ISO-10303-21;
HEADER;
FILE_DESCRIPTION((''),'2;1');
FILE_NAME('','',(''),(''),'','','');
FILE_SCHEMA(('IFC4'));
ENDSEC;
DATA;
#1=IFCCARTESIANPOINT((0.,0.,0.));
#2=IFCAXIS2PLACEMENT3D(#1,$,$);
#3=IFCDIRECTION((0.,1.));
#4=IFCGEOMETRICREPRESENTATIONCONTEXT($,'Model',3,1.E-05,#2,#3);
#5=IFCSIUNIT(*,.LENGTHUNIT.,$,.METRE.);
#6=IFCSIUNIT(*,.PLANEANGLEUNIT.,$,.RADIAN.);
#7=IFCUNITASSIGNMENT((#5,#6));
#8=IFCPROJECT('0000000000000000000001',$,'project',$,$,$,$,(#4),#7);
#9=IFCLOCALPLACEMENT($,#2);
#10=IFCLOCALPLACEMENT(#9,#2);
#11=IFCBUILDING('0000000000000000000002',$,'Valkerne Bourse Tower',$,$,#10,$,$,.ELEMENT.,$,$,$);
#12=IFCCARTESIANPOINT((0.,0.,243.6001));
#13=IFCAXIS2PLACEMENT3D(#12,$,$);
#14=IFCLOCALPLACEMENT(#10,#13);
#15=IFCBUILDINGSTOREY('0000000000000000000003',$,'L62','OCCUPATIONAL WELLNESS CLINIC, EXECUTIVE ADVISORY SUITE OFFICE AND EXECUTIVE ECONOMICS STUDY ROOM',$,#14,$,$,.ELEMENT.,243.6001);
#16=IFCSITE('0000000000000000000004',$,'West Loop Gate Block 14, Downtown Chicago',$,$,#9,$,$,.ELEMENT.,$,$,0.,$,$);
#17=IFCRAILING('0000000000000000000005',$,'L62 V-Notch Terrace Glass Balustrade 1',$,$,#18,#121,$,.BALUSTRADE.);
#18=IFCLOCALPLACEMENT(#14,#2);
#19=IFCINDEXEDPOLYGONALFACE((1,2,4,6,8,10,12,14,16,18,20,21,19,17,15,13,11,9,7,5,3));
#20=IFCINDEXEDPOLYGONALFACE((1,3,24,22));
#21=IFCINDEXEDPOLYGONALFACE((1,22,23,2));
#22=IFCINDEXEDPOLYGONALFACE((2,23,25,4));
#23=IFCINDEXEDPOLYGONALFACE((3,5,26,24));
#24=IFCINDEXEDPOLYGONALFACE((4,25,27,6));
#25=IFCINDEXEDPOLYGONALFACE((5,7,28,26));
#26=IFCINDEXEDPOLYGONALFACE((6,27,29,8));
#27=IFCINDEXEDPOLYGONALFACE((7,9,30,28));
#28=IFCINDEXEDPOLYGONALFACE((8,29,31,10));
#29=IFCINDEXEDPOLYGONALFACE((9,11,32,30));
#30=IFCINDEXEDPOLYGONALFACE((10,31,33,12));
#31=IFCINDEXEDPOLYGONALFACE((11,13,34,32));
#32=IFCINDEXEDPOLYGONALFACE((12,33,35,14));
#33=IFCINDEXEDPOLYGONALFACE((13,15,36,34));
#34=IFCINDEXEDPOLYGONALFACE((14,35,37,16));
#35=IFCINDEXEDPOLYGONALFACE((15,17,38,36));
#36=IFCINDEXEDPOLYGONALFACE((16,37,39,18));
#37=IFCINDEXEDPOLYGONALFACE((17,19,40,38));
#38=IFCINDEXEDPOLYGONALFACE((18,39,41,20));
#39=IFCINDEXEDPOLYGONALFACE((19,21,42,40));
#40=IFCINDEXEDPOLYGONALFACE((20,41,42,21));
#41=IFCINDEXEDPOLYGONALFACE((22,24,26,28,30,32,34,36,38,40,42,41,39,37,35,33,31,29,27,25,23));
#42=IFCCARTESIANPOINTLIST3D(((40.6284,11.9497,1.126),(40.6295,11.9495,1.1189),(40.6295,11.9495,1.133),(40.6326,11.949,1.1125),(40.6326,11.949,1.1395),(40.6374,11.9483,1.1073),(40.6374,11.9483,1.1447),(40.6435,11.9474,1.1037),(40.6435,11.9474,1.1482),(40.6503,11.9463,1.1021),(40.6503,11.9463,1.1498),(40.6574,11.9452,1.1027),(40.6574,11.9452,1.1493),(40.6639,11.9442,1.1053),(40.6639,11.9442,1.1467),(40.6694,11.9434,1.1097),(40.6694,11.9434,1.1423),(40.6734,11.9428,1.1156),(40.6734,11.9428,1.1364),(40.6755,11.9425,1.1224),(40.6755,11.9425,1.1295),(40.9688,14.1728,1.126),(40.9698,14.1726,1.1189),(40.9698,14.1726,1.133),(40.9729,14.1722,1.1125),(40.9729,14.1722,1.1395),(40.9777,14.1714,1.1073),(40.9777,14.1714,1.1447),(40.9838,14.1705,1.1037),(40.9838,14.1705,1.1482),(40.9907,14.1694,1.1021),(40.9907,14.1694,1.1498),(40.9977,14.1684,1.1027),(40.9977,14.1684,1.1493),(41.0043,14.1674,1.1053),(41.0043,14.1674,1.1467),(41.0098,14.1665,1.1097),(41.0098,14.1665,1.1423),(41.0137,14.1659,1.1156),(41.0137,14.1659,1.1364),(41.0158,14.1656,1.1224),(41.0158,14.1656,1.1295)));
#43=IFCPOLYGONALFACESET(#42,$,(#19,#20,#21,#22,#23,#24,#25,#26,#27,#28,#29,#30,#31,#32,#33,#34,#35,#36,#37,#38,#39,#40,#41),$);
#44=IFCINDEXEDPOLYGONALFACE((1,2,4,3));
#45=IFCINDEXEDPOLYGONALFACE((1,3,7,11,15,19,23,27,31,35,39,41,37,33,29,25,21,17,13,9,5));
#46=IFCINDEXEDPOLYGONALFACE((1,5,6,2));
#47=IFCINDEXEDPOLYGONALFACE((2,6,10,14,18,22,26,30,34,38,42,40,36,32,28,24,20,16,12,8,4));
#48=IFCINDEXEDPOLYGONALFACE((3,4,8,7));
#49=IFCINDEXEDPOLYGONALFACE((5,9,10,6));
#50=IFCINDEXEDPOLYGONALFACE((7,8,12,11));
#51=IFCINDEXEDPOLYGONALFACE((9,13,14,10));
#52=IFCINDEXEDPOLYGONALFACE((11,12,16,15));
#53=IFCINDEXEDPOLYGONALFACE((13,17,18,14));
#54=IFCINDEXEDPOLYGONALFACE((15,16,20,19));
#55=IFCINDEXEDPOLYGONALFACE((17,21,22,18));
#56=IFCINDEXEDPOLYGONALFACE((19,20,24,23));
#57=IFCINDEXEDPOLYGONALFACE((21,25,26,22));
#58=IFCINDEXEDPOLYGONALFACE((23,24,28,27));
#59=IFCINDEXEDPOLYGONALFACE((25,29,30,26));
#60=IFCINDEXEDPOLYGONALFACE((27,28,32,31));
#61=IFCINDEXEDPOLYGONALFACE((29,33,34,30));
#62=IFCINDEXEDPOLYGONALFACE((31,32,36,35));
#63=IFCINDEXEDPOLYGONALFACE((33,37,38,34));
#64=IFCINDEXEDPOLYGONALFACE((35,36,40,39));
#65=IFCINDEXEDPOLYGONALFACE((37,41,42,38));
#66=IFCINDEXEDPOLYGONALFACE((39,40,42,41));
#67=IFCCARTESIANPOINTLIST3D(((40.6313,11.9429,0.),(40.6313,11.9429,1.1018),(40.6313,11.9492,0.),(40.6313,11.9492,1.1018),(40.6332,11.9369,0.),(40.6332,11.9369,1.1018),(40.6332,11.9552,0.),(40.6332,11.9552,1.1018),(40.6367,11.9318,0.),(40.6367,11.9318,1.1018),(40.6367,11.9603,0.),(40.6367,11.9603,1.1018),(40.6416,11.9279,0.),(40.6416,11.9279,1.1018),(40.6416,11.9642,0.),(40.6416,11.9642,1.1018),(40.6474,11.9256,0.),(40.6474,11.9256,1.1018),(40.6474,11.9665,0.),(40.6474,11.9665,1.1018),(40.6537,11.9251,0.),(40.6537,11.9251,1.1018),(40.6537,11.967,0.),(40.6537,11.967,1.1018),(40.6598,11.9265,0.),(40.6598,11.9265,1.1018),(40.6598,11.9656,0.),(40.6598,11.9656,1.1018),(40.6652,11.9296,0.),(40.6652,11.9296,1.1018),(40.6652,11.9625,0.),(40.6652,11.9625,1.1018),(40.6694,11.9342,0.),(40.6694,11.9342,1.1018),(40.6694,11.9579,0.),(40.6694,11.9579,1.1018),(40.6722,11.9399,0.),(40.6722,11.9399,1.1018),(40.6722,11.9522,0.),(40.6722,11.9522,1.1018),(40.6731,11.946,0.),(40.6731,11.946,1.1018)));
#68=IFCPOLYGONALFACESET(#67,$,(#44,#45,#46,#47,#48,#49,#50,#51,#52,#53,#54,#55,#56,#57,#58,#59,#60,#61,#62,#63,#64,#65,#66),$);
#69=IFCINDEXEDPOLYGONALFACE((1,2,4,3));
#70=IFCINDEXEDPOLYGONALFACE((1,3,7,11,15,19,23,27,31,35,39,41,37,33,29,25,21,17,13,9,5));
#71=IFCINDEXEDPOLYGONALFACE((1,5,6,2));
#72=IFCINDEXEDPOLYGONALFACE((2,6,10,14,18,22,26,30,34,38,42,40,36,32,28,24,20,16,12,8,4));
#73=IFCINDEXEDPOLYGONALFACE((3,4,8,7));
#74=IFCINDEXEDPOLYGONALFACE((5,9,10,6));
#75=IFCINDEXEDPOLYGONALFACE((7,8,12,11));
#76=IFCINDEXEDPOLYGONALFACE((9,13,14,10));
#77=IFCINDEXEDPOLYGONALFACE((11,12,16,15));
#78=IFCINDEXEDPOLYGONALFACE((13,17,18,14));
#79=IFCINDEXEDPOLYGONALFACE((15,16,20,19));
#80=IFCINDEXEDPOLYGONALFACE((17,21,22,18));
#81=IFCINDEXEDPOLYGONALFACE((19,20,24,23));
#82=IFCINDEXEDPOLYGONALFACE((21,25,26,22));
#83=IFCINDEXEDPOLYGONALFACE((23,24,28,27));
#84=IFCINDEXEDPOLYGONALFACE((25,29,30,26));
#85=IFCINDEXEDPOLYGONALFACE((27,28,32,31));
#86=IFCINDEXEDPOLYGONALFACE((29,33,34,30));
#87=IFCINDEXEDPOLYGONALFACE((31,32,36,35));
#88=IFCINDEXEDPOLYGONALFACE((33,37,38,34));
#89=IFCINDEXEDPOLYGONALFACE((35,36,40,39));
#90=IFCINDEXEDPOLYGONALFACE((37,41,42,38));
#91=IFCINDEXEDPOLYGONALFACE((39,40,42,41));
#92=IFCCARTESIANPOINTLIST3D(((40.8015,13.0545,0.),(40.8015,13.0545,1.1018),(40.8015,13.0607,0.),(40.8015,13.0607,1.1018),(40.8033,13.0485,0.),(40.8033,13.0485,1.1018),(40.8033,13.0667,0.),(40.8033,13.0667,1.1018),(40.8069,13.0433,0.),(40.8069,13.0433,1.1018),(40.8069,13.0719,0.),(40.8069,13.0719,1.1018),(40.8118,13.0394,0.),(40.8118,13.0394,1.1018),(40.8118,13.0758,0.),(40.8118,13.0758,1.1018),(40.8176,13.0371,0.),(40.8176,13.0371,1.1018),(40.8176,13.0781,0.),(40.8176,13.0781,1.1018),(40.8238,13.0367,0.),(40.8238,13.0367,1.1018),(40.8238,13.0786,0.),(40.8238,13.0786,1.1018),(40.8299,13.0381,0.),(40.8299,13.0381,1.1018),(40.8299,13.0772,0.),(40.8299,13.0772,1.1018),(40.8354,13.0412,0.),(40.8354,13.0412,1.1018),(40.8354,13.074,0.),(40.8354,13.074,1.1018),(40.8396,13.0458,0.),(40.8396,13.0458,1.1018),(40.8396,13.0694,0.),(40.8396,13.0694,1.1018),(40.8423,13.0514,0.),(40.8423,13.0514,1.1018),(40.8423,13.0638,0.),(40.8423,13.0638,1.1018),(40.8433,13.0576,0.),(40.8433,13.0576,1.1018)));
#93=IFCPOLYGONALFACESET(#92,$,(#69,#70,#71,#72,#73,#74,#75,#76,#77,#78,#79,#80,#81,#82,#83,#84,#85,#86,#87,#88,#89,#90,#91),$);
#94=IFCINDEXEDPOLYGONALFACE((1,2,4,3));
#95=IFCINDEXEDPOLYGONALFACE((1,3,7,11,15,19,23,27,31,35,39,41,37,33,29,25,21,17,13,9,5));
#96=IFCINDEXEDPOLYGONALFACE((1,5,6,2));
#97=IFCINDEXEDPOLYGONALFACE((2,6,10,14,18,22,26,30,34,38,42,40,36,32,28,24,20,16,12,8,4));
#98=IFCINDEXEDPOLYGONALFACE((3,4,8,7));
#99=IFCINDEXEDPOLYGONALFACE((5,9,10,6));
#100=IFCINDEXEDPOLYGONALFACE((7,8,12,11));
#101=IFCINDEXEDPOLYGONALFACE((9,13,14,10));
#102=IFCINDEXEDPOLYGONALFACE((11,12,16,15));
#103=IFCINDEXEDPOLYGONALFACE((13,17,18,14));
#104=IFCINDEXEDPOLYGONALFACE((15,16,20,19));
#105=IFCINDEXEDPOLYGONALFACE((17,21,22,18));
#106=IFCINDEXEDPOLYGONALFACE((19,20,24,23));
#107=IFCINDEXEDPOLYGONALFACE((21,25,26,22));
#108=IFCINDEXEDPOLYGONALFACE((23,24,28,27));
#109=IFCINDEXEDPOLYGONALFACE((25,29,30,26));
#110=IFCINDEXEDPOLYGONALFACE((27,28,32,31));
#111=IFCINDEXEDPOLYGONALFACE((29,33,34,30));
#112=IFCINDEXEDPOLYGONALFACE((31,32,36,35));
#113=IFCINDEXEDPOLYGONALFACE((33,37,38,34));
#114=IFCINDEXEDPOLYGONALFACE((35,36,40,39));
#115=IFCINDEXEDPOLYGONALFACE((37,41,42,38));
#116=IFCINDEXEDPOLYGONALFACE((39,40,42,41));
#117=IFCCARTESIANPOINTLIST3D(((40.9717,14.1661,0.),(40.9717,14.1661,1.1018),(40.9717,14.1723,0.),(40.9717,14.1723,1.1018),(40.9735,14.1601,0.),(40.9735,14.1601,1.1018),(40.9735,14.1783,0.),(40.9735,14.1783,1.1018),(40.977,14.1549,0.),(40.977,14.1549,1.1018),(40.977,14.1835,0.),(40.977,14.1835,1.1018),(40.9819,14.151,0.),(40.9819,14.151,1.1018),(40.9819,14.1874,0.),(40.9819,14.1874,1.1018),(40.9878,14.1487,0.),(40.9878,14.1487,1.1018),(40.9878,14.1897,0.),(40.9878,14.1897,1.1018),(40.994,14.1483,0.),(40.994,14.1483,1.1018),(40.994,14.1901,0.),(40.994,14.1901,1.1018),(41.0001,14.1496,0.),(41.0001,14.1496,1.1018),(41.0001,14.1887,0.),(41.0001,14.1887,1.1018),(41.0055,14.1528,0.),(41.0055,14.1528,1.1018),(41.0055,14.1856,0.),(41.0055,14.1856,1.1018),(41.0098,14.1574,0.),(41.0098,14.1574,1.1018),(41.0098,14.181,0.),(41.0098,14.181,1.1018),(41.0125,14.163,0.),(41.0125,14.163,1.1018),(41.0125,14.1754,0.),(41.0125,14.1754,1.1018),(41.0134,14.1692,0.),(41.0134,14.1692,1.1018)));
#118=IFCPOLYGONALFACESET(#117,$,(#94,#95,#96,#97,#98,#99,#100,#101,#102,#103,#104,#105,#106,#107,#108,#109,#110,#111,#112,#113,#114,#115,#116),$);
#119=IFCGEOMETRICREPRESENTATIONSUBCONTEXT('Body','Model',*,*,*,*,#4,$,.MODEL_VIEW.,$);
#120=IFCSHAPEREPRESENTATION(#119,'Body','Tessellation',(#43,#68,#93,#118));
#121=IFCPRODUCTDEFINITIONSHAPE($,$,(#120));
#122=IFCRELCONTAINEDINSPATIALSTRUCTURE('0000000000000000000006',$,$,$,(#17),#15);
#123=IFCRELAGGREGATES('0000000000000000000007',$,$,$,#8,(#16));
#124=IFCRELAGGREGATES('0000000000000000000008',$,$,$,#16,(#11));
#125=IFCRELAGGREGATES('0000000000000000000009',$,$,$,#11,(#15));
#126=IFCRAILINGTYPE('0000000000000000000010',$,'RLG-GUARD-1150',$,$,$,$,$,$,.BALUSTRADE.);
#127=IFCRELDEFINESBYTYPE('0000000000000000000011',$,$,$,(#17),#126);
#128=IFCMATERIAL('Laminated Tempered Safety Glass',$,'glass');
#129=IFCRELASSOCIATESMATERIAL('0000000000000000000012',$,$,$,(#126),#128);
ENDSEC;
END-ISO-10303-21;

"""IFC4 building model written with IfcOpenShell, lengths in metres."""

from ifc_helpers import new_model, si_unit, direction, frame, origin, origin_2d, place, context, subcontext, project, spatial, circle, extrude, material, type_object, element, save


model = new_model("IFC4")

# Units and contexts
model_context = context("Model", 3, precision=1e-05, world=origin(), true_north=direction((0.0, 1.0)))
body_context = subcontext(model_context, "Body", "Model", "MODEL_VIEW")
ifc_project = project(units=[si_unit("LENGTHUNIT", "METRE"), si_unit("PLANEANGLEUNIT", "RADIAN")], contexts=[model_context])

# Site, building, storey
site_placement = place(None, origin())
site = spatial("IfcSite", under=ifc_project, at=site_placement, Name="West Loop Gate Block 14, Downtown Chicago", CompositionType="ELEMENT", RefElevation=0.0)
building_placement = place(site_placement, origin())
building = spatial("IfcBuilding", under=site, at=building_placement, Name="Valkerne Bourse Tower", CompositionType="ELEMENT")
storey_placement = place(building_placement, frame((0.0, 0.0, 243.6001)))
storey = spatial("IfcBuildingStorey", under=building, at=storey_placement, Name="L62", Description="OCCUPATIONAL WELLNESS CLINIC, EXECUTIVE ADVISORY SUITE OFFICE AND EXECUTIVE ECONOMICS STUDY ROOM", CompositionType="ELEMENT", Elevation=243.6001)

# Railing
ifc_material_1 = material(Name="Laminated Tempered Safety Glass", Category="glass")
railing_type_1 = type_object("IfcRailingType", Name="RLG-GUARD-1150", PredefinedType="BALUSTRADE", material=ifc_material_1)
railing_1_placement = place(storey_placement, frame((40.6521, 11.946, 0.0)))
element("IfcRailing", 1, at=railing_1_placement, inside=storey, type_object=railing_type_1, Name="L62 V-Notch Terrace Glass Balustrade 1", PredefinedType="BALUSTRADE", context=body_context, shape_type="SweptSolid", body=[
    extrude(circle(Radius=0.0239, at=origin_2d()), frame((0.0, 0.0, 1.126), z_axis=(0.151323, 0.988484, 0.0), x_axis=(-0.988484, 0.151323, 0.0)), (0.0, 0.0, 1.0), 2.249),
    extrude(circle(Radius=0.021, at=origin_2d()), origin(), (0.0, 0.0, 1.0), 1.1018),
    extrude(circle(Radius=0.021, at=origin_2d()), frame((0.1702, 1.1116, 0.0)), (0.0, 0.0, 1.0), 1.1018),
    extrude(circle(Radius=0.021, at=origin_2d()), frame((0.3403, 2.2231, 0.0)), (0.0, 0.0, 1.0), 1.1018),
])

save(model, "model.ifc")
